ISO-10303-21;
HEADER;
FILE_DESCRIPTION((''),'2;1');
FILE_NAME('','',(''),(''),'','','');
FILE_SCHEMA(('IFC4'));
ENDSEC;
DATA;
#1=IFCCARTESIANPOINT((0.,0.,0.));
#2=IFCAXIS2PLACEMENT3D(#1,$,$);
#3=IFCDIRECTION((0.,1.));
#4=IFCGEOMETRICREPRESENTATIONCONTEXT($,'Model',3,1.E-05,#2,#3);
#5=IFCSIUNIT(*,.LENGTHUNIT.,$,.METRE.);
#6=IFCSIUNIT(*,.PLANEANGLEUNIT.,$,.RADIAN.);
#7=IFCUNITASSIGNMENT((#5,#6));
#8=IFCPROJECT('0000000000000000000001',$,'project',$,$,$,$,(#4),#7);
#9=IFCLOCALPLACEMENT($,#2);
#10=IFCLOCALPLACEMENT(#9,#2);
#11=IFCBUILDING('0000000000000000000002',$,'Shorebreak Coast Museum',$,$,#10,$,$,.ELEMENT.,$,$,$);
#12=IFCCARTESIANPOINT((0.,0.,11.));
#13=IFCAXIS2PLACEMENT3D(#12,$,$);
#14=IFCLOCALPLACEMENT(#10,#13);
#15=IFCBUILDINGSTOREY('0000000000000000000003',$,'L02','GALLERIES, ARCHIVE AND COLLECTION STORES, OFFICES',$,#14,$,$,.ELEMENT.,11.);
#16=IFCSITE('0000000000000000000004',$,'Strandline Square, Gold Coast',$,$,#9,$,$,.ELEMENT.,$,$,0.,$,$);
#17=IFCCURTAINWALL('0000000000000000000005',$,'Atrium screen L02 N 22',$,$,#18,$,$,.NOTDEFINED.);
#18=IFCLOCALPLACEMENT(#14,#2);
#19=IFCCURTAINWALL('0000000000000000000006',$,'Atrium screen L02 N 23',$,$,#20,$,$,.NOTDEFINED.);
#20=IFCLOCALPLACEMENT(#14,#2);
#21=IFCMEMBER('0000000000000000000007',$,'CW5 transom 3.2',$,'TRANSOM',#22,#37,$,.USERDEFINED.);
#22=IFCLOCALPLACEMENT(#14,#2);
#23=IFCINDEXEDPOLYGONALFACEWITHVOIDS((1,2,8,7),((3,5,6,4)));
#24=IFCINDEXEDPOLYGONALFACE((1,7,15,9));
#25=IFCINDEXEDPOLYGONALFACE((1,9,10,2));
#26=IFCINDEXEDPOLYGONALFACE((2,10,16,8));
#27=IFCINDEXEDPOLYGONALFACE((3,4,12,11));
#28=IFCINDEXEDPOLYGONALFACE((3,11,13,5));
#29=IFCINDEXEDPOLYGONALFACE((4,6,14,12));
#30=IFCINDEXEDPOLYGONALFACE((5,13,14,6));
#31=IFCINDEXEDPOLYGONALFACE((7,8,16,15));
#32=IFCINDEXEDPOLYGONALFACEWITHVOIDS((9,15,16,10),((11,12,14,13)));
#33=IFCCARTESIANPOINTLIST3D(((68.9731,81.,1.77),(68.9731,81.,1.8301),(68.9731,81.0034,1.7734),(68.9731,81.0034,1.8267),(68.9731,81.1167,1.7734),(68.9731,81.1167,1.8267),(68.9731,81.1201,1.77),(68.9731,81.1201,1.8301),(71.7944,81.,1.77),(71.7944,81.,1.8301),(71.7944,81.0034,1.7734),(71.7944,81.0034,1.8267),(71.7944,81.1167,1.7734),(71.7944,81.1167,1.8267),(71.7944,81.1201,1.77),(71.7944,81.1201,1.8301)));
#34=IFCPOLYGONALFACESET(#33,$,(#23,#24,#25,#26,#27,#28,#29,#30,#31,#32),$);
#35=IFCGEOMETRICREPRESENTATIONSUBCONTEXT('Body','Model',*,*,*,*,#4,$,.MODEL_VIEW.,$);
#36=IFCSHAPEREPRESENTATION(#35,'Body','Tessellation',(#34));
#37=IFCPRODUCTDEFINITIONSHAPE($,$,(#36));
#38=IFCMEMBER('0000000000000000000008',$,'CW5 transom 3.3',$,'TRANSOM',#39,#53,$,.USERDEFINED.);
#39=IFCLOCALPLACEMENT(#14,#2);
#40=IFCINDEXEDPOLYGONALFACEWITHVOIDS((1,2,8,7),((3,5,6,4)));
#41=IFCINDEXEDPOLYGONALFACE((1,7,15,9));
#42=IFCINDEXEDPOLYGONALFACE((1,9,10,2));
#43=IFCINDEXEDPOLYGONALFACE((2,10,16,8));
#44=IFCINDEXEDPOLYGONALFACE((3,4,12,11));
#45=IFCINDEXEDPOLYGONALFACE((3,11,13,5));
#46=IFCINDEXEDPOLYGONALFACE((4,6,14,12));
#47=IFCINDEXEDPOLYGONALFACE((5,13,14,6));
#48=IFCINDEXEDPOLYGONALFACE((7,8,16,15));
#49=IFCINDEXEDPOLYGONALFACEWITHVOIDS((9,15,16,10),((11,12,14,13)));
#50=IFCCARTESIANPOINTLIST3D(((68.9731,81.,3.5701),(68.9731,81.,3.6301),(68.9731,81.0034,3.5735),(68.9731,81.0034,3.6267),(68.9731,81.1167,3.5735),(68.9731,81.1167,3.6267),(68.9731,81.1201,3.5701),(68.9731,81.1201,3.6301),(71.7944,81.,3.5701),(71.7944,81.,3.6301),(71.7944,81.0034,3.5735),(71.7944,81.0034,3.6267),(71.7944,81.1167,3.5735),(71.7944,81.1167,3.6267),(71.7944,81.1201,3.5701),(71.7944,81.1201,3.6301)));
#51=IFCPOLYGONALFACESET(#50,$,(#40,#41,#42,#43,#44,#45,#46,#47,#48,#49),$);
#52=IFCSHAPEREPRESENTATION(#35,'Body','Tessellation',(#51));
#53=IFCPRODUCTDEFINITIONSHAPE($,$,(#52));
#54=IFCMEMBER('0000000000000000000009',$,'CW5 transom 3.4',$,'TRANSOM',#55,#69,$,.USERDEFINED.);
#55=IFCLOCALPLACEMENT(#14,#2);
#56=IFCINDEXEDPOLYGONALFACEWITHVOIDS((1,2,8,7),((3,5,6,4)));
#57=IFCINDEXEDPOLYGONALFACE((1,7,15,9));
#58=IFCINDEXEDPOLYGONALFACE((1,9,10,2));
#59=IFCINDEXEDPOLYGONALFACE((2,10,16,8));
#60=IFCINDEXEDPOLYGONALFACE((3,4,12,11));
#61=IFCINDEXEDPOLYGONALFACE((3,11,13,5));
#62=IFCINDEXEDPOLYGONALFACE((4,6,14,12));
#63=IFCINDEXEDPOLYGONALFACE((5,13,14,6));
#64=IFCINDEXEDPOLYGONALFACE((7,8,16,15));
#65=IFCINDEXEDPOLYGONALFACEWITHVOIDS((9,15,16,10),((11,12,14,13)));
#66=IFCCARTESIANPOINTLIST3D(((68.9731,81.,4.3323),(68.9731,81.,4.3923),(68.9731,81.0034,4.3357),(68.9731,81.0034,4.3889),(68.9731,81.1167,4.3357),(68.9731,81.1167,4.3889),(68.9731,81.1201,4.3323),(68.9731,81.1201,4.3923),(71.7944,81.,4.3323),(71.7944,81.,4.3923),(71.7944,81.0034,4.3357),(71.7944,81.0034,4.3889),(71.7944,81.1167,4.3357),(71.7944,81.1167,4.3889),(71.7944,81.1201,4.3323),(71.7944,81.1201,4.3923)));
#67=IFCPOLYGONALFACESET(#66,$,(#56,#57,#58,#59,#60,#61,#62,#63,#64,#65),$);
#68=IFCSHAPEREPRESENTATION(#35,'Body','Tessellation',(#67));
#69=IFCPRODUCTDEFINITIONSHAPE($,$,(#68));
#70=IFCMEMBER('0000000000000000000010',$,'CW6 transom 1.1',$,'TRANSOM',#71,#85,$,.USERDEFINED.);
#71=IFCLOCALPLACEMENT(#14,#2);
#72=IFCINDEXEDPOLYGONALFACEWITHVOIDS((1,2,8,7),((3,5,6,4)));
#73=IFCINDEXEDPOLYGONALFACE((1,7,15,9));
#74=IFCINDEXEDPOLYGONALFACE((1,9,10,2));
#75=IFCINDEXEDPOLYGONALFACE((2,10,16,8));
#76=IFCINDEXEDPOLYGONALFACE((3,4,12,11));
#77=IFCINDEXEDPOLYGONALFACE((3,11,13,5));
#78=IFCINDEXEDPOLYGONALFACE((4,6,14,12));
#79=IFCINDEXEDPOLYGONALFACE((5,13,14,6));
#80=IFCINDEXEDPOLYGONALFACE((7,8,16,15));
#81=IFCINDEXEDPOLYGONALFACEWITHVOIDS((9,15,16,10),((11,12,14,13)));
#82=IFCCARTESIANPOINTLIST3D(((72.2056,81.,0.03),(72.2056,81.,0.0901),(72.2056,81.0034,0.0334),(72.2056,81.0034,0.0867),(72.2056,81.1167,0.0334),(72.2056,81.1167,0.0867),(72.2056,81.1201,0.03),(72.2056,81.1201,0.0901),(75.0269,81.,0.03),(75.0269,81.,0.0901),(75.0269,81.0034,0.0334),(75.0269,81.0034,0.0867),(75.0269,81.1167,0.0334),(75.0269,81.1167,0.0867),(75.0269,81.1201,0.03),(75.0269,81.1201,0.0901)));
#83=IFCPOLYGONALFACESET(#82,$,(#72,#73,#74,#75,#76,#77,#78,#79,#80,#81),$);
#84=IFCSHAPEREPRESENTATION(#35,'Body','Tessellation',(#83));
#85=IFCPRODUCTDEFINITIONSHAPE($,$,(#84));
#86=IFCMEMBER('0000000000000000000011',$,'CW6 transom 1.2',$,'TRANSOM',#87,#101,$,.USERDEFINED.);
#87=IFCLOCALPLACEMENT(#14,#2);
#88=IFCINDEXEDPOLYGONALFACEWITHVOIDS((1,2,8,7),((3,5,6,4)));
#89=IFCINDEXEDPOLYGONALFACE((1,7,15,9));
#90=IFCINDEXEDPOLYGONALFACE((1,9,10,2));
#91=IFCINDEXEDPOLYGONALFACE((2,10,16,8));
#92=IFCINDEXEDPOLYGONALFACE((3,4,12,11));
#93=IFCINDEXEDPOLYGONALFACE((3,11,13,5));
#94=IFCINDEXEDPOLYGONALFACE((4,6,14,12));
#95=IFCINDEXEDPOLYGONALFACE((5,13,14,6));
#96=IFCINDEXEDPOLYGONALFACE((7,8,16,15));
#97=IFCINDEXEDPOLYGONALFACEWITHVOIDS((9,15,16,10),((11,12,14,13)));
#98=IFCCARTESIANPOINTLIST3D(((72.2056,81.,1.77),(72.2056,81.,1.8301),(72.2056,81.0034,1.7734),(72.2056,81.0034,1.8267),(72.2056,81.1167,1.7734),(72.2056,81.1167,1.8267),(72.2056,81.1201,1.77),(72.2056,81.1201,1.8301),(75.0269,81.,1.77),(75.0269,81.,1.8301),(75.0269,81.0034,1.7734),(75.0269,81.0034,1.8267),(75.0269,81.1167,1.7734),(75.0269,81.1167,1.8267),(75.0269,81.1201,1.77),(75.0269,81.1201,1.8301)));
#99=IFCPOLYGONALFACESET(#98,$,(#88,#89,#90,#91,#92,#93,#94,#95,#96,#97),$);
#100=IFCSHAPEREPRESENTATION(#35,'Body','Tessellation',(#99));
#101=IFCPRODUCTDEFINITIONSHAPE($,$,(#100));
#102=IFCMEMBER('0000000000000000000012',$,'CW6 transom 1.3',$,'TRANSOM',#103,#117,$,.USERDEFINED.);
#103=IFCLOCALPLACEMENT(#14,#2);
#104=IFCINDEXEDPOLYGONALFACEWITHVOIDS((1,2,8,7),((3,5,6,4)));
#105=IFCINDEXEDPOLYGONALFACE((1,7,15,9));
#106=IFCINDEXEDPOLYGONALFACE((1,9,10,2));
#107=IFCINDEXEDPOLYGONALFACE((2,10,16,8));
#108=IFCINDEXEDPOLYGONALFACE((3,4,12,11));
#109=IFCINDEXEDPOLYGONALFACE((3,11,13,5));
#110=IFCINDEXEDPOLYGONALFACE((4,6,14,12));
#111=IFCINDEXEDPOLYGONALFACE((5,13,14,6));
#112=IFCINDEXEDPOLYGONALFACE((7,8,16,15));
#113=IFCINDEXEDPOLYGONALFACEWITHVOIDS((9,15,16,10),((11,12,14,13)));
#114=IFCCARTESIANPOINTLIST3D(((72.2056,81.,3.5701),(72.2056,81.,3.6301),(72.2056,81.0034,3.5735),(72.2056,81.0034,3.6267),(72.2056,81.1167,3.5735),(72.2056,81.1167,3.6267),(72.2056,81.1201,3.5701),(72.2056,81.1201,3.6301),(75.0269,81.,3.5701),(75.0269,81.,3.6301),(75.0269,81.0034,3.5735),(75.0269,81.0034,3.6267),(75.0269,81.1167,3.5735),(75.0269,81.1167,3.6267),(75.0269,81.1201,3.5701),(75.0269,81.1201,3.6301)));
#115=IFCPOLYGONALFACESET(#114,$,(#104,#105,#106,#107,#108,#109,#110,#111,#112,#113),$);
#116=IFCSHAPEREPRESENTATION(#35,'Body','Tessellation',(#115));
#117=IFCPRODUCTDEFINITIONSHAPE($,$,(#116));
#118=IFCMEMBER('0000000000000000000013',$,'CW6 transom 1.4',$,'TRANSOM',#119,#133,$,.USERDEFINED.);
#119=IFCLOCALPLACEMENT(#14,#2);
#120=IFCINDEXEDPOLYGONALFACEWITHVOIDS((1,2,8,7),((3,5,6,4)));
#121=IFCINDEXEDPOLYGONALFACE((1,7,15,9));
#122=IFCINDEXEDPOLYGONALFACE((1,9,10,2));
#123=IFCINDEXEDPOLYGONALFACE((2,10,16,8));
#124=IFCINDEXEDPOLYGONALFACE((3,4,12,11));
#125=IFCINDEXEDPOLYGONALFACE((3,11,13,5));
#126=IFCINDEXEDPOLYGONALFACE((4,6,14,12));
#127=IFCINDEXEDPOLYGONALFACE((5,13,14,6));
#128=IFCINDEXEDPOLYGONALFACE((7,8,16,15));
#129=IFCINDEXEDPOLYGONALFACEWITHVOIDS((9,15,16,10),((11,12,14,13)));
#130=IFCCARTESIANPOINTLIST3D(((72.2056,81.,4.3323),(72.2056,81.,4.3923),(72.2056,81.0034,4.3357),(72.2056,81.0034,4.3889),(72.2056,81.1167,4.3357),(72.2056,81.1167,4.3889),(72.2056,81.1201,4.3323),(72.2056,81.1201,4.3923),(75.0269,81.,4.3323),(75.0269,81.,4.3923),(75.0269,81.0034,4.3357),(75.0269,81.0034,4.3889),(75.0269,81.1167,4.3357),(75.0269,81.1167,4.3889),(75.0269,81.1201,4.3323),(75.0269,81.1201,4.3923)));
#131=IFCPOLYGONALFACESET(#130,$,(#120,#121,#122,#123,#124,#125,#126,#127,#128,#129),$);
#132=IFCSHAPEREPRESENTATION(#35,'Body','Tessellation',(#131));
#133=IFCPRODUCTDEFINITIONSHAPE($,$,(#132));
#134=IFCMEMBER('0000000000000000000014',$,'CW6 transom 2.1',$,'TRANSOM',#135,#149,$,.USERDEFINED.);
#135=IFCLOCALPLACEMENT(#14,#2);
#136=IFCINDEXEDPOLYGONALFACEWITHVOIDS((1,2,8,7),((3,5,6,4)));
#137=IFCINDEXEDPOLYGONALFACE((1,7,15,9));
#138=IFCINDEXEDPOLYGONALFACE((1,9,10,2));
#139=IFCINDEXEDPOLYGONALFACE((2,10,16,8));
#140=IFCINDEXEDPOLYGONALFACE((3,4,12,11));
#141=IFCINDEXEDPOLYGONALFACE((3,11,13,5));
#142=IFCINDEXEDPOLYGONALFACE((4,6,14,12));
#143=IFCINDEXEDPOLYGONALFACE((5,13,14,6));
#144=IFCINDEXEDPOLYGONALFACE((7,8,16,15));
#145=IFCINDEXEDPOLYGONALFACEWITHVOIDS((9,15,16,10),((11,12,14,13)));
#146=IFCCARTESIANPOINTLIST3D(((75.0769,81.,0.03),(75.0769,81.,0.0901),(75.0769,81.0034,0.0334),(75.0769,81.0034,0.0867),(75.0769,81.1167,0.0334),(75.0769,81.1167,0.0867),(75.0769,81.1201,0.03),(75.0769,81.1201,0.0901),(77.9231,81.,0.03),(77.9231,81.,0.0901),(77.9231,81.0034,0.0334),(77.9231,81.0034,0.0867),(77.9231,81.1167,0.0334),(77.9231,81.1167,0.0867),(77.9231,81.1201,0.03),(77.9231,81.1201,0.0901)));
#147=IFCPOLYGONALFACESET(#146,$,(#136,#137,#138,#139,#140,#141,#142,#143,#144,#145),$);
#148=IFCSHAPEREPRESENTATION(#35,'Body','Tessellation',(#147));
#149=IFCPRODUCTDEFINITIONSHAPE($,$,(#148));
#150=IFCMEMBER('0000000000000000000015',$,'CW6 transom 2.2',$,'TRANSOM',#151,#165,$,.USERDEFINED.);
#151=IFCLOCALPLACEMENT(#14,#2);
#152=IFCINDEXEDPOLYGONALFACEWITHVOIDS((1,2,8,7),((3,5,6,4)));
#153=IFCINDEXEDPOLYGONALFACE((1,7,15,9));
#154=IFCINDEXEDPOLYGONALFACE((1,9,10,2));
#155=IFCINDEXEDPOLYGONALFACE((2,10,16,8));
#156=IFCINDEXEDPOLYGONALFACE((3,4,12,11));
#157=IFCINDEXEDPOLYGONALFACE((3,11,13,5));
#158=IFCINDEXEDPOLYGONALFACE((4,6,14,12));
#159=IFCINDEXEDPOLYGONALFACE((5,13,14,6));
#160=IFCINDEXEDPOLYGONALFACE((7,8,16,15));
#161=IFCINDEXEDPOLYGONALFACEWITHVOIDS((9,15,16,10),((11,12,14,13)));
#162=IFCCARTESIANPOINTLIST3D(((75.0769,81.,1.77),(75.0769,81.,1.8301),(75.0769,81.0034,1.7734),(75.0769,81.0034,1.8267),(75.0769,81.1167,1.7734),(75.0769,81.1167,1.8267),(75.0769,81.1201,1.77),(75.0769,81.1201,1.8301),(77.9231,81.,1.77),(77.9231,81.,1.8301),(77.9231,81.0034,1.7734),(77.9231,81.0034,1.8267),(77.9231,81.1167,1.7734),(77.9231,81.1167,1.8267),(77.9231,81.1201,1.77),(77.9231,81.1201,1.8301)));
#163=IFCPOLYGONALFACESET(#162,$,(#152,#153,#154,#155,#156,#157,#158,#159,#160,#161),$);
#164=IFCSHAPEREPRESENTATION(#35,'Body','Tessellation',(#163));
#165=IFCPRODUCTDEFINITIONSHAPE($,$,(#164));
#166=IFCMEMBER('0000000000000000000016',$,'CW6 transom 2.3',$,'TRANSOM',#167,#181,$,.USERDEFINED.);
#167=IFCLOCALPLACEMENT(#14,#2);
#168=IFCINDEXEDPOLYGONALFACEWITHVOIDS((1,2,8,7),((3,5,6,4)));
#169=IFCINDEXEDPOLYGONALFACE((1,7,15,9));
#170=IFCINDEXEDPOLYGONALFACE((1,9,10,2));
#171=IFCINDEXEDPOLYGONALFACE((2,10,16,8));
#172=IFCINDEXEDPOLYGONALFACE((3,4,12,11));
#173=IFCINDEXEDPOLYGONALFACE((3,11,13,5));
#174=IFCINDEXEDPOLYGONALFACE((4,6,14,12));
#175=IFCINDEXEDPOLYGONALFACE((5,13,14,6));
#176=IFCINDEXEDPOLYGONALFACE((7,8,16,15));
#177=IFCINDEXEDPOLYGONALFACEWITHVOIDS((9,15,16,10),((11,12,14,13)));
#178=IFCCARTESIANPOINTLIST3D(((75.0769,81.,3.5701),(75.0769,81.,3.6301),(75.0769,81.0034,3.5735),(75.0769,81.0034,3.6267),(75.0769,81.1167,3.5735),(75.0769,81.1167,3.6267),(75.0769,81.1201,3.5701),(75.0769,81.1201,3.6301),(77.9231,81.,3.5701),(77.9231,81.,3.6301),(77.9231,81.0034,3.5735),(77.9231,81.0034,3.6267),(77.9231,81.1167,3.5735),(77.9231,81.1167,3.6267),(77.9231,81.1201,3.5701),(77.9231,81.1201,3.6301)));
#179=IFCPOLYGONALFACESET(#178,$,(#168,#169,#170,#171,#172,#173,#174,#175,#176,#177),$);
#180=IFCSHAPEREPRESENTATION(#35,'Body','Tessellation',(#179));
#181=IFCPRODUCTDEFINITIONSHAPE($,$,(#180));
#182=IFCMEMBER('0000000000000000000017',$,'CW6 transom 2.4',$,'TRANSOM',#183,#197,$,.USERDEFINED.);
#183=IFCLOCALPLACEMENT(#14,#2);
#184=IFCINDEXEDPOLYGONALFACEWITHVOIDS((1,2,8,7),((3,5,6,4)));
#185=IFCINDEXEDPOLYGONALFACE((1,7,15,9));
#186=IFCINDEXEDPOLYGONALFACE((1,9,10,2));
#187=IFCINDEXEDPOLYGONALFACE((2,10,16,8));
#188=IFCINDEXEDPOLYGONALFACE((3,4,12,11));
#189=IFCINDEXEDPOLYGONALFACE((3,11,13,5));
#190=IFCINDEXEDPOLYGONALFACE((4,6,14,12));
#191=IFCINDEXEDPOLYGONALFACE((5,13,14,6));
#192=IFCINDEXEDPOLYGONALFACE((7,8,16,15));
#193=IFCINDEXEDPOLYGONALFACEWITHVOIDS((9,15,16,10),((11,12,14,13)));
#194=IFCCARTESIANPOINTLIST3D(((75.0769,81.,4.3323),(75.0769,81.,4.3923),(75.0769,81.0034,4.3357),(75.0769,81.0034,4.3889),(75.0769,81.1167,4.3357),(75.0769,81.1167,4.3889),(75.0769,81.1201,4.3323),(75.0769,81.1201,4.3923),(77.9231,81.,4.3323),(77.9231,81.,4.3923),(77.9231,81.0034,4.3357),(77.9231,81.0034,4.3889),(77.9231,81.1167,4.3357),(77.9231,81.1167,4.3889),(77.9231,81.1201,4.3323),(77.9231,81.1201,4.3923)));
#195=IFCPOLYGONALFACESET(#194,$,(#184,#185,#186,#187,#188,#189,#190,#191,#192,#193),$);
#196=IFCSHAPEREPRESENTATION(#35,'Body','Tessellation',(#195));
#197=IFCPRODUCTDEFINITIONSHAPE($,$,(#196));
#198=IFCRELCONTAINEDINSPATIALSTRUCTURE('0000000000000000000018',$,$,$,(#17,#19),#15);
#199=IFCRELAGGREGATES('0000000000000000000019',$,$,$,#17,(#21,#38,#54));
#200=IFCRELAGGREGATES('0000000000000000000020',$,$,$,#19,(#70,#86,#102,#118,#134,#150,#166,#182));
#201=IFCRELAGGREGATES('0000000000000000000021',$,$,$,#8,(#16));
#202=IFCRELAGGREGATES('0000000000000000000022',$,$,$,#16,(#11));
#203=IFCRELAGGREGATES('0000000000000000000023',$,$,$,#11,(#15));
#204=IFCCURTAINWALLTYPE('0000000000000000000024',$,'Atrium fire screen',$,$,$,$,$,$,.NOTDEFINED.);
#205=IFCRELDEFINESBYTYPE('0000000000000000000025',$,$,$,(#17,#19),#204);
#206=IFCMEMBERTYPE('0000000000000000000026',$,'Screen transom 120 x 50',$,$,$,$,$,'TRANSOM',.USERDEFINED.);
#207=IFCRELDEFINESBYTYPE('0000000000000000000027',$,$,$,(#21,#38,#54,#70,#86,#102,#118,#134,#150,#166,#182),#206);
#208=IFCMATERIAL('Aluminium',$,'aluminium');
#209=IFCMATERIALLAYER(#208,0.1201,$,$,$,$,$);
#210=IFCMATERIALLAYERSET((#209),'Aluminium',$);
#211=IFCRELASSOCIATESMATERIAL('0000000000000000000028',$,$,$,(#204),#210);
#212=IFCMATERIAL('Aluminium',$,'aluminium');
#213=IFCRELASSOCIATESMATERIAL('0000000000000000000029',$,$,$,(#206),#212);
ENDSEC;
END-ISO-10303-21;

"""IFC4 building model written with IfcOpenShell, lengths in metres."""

from ifc_helpers import new_model, si_unit, direction, frame, origin, origin_2d, place, context, subcontext, project, spatial, hollow_rectangle, extrude, material, layer, layer_set, material_profile, profile_set, type_object, element, aggregate, save


model = new_model("IFC4")

# Units and contexts
model_context = context("Model", 3, precision=1e-05, world=origin(), true_north=direction((0.0, 1.0)))
body_context = subcontext(model_context, "Body", "Model", "MODEL_VIEW")
ifc_project = project(units=[si_unit("LENGTHUNIT", "METRE"), si_unit("PLANEANGLEUNIT", "RADIAN")], contexts=[model_context])

# Site, building, storey
site_placement = place(None, origin())
site = spatial("IfcSite", under=ifc_project, at=site_placement, Name="Strandline Square, Gold Coast", CompositionType="ELEMENT", RefElevation=0.0)
building_placement = place(site_placement, origin())
building = spatial("IfcBuilding", under=site, at=building_placement, Name="Shorebreak Coast Museum", CompositionType="ELEMENT")
storey_placement = place(building_placement, frame((0.0, 0.0, 11.0)))
storey = spatial("IfcBuildingStorey", under=building, at=storey_placement, Name="L02", Description="GALLERIES, ARCHIVE AND COLLECTION STORES, OFFICES", CompositionType="ELEMENT", Elevation=11.0)

# Curtain walls
ifc_material_1 = material(Name="Aluminium", Category="aluminium")
ifc_layer_1 = layer(ifc_material_1, 0.1201)
ifc_layer_set_1 = layer_set([ifc_layer_1], Name="Aluminium")
curtain_wall_type = type_object("IfcCurtainWallType", Name="Atrium fire screen", PredefinedType="NOTDEFINED", material=ifc_layer_set_1)
curtain_wall_1_placement = place(storey_placement, origin())
curtain_wall_1 = element("IfcCurtainWall", 1, at=curtain_wall_1_placement, inside=storey, type_object=curtain_wall_type, Name="Atrium screen L02 N 22", PredefinedType="NOTDEFINED")
curtain_wall_2_placement = place(storey_placement, origin())
curtain_wall_2 = element("IfcCurtainWall", 2, at=curtain_wall_2_placement, inside=storey, type_object=curtain_wall_type, Name="Atrium screen L02 N 23", PredefinedType="NOTDEFINED")

# Members
ifc_material_2 = material(Name="Aluminium", Category="aluminium")
ifc_material_profile_1 = material_profile(ifc_material_2, hollow_rectangle(XDim=0.1201, YDim=0.0601, WallThickness=0.0034, at=origin_2d()), Name="AL 60x120 RHS")
ifc_profile_set_1 = profile_set([ifc_material_profile_1], Name="Aluminium")
member_type_1 = type_object("IfcMemberType", Name="Screen transom 120 x 50", ElementType="TRANSOM", PredefinedType="USERDEFINED", material=ifc_profile_set_1)
member_1_placement = place(storey_placement, frame((68.9731, 81.0601, 1.8), z_axis=(1.0, 0.0, 0.0), x_axis=(0.0, 1.0, 0.0)))
member_1 = element("IfcMember", 3, at=member_1_placement, type_object=member_type_1, Name="CW5 transom 3.2", ObjectType="TRANSOM", PredefinedType="USERDEFINED", context=body_context, shape_type="SweptSolid", body=[
    extrude(hollow_rectangle(XDim=0.1201, YDim=0.0601, WallThickness=0.0034, at=origin_2d()), origin(), (0.0, 0.0, 1.0), 2.8213),
])
member_2_placement = place(storey_placement, frame((68.9731, 81.0601, 3.6001), z_axis=(1.0, 0.0, 0.0), x_axis=(0.0, 1.0, 0.0)))
member_2 = element("IfcMember", 4, at=member_2_placement, type_object=member_type_1, Name="CW5 transom 3.3", ObjectType="TRANSOM", PredefinedType="USERDEFINED", context=body_context, shape_type="SweptSolid", body=[
    extrude(hollow_rectangle(XDim=0.1201, YDim=0.0601, WallThickness=0.0034, at=origin_2d()), origin(), (0.0, 0.0, 1.0), 2.8213),
])
member_3_placement = place(storey_placement, frame((68.9731, 81.0601, 4.3623), z_axis=(1.0, 0.0, 0.0), x_axis=(0.0, 1.0, 0.0)))
member_3 = element("IfcMember", 5, at=member_3_placement, type_object=member_type_1, Name="CW5 transom 3.4", ObjectType="TRANSOM", PredefinedType="USERDEFINED", context=body_context, shape_type="SweptSolid", body=[
    extrude(hollow_rectangle(XDim=0.1201, YDim=0.0601, WallThickness=0.0034, at=origin_2d()), origin(), (0.0, 0.0, 1.0), 2.8213),
])
member_4_placement = place(storey_placement, frame((72.2056, 81.0601, 0.0601), z_axis=(1.0, 0.0, 0.0), x_axis=(0.0, 1.0, 0.0)))
member_4 = element("IfcMember", 6, at=member_4_placement, type_object=member_type_1, Name="CW6 transom 1.1", ObjectType="TRANSOM", PredefinedType="USERDEFINED", context=body_context, shape_type="SweptSolid", body=[
    extrude(hollow_rectangle(XDim=0.1201, YDim=0.0601, WallThickness=0.0034, at=origin_2d()), origin(), (0.0, 0.0, 1.0), 2.8213),
])
member_5_placement = place(storey_placement, frame((72.2056, 81.0601, 1.8), z_axis=(1.0, 0.0, 0.0), x_axis=(0.0, 1.0, 0.0)))
member_5 = element("IfcMember", 7, at=member_5_placement, type_object=member_type_1, Name="CW6 transom 1.2", ObjectType="TRANSOM", PredefinedType="USERDEFINED", context=body_context, shape_type="SweptSolid", body=[
    extrude(hollow_rectangle(XDim=0.1201, YDim=0.0601, WallThickness=0.0034, at=origin_2d()), origin(), (0.0, 0.0, 1.0), 2.8213),
])
member_6_placement = place(storey_placement, frame((72.2056, 81.0601, 3.6001), z_axis=(1.0, 0.0, 0.0), x_axis=(0.0, 1.0, 0.0)))
member_6 = element("IfcMember", 8, at=member_6_placement, type_object=member_type_1, Name="CW6 transom 1.3", ObjectType="TRANSOM", PredefinedType="USERDEFINED", context=body_context, shape_type="SweptSolid", body=[
    extrude(hollow_rectangle(XDim=0.1201, YDim=0.0601, WallThickness=0.0034, at=origin_2d()), origin(), (0.0, 0.0, 1.0), 2.8213),
])
member_7_placement = place(storey_placement, frame((72.2056, 81.0601, 4.3623), z_axis=(1.0, 0.0, 0.0), x_axis=(0.0, 1.0, 0.0)))
member_7 = element("IfcMember", 9, at=member_7_placement, type_object=member_type_1, Name="CW6 transom 1.4", ObjectType="TRANSOM", PredefinedType="USERDEFINED", context=body_context, shape_type="SweptSolid", body=[
    extrude(hollow_rectangle(XDim=0.1201, YDim=0.0601, WallThickness=0.0034, at=origin_2d()), origin(), (0.0, 0.0, 1.0), 2.8213),
])
member_8_placement = place(storey_placement, frame((75.0769, 81.0601, 0.0601), z_axis=(1.0, 0.0, 0.0), x_axis=(0.0, 1.0, 0.0)))
member_8 = element("IfcMember", 10, at=member_8_placement, type_object=member_type_1, Name="CW6 transom 2.1", ObjectType="TRANSOM", PredefinedType="USERDEFINED", context=body_context, shape_type="SweptSolid", body=[
    extrude(hollow_rectangle(XDim=0.1201, YDim=0.0601, WallThickness=0.0034, at=origin_2d()), origin(), (0.0, 0.0, 1.0), 2.8462),
])
member_9_placement = place(storey_placement, frame((75.0769, 81.0601, 1.8), z_axis=(1.0, 0.0, 0.0), x_axis=(0.0, 1.0, 0.0)))
member_9 = element("IfcMember", 11, at=member_9_placement, type_object=member_type_1, Name="CW6 transom 2.2", ObjectType="TRANSOM", PredefinedType="USERDEFINED", context=body_context, shape_type="SweptSolid", body=[
    extrude(hollow_rectangle(XDim=0.1201, YDim=0.0601, WallThickness=0.0034, at=origin_2d()), origin(), (0.0, 0.0, 1.0), 2.8462),
])
member_10_placement = place(storey_placement, frame((75.0769, 81.0601, 3.6001), z_axis=(1.0, 0.0, 0.0), x_axis=(0.0, 1.0, 0.0)))
member_10 = element("IfcMember", 12, at=member_10_placement, type_object=member_type_1, Name="CW6 transom 2.3", ObjectType="TRANSOM", PredefinedType="USERDEFINED", context=body_context, shape_type="SweptSolid", body=[
    extrude(hollow_rectangle(XDim=0.1201, YDim=0.0601, WallThickness=0.0034, at=origin_2d()), origin(), (0.0, 0.0, 1.0), 2.8462),
])
member_11_placement = place(storey_placement, frame((75.0769, 81.0601, 4.3623), z_axis=(1.0, 0.0, 0.0), x_axis=(0.0, 1.0, 0.0)))
member_11 = element("IfcMember", 13, at=member_11_placement, type_object=member_type_1, Name="CW6 transom 2.4", ObjectType="TRANSOM", PredefinedType="USERDEFINED", context=body_context, shape_type="SweptSolid", body=[
    extrude(hollow_rectangle(XDim=0.1201, YDim=0.0601, WallThickness=0.0034, at=origin_2d()), origin(), (0.0, 0.0, 1.0), 2.8462),
])

aggregate(curtain_wall_1, [member_1, member_2, member_3])
aggregate(curtain_wall_2, [member_4, member_5, member_6, member_7, member_8, member_9, member_10, member_11])

save(model, "model.ifc")
